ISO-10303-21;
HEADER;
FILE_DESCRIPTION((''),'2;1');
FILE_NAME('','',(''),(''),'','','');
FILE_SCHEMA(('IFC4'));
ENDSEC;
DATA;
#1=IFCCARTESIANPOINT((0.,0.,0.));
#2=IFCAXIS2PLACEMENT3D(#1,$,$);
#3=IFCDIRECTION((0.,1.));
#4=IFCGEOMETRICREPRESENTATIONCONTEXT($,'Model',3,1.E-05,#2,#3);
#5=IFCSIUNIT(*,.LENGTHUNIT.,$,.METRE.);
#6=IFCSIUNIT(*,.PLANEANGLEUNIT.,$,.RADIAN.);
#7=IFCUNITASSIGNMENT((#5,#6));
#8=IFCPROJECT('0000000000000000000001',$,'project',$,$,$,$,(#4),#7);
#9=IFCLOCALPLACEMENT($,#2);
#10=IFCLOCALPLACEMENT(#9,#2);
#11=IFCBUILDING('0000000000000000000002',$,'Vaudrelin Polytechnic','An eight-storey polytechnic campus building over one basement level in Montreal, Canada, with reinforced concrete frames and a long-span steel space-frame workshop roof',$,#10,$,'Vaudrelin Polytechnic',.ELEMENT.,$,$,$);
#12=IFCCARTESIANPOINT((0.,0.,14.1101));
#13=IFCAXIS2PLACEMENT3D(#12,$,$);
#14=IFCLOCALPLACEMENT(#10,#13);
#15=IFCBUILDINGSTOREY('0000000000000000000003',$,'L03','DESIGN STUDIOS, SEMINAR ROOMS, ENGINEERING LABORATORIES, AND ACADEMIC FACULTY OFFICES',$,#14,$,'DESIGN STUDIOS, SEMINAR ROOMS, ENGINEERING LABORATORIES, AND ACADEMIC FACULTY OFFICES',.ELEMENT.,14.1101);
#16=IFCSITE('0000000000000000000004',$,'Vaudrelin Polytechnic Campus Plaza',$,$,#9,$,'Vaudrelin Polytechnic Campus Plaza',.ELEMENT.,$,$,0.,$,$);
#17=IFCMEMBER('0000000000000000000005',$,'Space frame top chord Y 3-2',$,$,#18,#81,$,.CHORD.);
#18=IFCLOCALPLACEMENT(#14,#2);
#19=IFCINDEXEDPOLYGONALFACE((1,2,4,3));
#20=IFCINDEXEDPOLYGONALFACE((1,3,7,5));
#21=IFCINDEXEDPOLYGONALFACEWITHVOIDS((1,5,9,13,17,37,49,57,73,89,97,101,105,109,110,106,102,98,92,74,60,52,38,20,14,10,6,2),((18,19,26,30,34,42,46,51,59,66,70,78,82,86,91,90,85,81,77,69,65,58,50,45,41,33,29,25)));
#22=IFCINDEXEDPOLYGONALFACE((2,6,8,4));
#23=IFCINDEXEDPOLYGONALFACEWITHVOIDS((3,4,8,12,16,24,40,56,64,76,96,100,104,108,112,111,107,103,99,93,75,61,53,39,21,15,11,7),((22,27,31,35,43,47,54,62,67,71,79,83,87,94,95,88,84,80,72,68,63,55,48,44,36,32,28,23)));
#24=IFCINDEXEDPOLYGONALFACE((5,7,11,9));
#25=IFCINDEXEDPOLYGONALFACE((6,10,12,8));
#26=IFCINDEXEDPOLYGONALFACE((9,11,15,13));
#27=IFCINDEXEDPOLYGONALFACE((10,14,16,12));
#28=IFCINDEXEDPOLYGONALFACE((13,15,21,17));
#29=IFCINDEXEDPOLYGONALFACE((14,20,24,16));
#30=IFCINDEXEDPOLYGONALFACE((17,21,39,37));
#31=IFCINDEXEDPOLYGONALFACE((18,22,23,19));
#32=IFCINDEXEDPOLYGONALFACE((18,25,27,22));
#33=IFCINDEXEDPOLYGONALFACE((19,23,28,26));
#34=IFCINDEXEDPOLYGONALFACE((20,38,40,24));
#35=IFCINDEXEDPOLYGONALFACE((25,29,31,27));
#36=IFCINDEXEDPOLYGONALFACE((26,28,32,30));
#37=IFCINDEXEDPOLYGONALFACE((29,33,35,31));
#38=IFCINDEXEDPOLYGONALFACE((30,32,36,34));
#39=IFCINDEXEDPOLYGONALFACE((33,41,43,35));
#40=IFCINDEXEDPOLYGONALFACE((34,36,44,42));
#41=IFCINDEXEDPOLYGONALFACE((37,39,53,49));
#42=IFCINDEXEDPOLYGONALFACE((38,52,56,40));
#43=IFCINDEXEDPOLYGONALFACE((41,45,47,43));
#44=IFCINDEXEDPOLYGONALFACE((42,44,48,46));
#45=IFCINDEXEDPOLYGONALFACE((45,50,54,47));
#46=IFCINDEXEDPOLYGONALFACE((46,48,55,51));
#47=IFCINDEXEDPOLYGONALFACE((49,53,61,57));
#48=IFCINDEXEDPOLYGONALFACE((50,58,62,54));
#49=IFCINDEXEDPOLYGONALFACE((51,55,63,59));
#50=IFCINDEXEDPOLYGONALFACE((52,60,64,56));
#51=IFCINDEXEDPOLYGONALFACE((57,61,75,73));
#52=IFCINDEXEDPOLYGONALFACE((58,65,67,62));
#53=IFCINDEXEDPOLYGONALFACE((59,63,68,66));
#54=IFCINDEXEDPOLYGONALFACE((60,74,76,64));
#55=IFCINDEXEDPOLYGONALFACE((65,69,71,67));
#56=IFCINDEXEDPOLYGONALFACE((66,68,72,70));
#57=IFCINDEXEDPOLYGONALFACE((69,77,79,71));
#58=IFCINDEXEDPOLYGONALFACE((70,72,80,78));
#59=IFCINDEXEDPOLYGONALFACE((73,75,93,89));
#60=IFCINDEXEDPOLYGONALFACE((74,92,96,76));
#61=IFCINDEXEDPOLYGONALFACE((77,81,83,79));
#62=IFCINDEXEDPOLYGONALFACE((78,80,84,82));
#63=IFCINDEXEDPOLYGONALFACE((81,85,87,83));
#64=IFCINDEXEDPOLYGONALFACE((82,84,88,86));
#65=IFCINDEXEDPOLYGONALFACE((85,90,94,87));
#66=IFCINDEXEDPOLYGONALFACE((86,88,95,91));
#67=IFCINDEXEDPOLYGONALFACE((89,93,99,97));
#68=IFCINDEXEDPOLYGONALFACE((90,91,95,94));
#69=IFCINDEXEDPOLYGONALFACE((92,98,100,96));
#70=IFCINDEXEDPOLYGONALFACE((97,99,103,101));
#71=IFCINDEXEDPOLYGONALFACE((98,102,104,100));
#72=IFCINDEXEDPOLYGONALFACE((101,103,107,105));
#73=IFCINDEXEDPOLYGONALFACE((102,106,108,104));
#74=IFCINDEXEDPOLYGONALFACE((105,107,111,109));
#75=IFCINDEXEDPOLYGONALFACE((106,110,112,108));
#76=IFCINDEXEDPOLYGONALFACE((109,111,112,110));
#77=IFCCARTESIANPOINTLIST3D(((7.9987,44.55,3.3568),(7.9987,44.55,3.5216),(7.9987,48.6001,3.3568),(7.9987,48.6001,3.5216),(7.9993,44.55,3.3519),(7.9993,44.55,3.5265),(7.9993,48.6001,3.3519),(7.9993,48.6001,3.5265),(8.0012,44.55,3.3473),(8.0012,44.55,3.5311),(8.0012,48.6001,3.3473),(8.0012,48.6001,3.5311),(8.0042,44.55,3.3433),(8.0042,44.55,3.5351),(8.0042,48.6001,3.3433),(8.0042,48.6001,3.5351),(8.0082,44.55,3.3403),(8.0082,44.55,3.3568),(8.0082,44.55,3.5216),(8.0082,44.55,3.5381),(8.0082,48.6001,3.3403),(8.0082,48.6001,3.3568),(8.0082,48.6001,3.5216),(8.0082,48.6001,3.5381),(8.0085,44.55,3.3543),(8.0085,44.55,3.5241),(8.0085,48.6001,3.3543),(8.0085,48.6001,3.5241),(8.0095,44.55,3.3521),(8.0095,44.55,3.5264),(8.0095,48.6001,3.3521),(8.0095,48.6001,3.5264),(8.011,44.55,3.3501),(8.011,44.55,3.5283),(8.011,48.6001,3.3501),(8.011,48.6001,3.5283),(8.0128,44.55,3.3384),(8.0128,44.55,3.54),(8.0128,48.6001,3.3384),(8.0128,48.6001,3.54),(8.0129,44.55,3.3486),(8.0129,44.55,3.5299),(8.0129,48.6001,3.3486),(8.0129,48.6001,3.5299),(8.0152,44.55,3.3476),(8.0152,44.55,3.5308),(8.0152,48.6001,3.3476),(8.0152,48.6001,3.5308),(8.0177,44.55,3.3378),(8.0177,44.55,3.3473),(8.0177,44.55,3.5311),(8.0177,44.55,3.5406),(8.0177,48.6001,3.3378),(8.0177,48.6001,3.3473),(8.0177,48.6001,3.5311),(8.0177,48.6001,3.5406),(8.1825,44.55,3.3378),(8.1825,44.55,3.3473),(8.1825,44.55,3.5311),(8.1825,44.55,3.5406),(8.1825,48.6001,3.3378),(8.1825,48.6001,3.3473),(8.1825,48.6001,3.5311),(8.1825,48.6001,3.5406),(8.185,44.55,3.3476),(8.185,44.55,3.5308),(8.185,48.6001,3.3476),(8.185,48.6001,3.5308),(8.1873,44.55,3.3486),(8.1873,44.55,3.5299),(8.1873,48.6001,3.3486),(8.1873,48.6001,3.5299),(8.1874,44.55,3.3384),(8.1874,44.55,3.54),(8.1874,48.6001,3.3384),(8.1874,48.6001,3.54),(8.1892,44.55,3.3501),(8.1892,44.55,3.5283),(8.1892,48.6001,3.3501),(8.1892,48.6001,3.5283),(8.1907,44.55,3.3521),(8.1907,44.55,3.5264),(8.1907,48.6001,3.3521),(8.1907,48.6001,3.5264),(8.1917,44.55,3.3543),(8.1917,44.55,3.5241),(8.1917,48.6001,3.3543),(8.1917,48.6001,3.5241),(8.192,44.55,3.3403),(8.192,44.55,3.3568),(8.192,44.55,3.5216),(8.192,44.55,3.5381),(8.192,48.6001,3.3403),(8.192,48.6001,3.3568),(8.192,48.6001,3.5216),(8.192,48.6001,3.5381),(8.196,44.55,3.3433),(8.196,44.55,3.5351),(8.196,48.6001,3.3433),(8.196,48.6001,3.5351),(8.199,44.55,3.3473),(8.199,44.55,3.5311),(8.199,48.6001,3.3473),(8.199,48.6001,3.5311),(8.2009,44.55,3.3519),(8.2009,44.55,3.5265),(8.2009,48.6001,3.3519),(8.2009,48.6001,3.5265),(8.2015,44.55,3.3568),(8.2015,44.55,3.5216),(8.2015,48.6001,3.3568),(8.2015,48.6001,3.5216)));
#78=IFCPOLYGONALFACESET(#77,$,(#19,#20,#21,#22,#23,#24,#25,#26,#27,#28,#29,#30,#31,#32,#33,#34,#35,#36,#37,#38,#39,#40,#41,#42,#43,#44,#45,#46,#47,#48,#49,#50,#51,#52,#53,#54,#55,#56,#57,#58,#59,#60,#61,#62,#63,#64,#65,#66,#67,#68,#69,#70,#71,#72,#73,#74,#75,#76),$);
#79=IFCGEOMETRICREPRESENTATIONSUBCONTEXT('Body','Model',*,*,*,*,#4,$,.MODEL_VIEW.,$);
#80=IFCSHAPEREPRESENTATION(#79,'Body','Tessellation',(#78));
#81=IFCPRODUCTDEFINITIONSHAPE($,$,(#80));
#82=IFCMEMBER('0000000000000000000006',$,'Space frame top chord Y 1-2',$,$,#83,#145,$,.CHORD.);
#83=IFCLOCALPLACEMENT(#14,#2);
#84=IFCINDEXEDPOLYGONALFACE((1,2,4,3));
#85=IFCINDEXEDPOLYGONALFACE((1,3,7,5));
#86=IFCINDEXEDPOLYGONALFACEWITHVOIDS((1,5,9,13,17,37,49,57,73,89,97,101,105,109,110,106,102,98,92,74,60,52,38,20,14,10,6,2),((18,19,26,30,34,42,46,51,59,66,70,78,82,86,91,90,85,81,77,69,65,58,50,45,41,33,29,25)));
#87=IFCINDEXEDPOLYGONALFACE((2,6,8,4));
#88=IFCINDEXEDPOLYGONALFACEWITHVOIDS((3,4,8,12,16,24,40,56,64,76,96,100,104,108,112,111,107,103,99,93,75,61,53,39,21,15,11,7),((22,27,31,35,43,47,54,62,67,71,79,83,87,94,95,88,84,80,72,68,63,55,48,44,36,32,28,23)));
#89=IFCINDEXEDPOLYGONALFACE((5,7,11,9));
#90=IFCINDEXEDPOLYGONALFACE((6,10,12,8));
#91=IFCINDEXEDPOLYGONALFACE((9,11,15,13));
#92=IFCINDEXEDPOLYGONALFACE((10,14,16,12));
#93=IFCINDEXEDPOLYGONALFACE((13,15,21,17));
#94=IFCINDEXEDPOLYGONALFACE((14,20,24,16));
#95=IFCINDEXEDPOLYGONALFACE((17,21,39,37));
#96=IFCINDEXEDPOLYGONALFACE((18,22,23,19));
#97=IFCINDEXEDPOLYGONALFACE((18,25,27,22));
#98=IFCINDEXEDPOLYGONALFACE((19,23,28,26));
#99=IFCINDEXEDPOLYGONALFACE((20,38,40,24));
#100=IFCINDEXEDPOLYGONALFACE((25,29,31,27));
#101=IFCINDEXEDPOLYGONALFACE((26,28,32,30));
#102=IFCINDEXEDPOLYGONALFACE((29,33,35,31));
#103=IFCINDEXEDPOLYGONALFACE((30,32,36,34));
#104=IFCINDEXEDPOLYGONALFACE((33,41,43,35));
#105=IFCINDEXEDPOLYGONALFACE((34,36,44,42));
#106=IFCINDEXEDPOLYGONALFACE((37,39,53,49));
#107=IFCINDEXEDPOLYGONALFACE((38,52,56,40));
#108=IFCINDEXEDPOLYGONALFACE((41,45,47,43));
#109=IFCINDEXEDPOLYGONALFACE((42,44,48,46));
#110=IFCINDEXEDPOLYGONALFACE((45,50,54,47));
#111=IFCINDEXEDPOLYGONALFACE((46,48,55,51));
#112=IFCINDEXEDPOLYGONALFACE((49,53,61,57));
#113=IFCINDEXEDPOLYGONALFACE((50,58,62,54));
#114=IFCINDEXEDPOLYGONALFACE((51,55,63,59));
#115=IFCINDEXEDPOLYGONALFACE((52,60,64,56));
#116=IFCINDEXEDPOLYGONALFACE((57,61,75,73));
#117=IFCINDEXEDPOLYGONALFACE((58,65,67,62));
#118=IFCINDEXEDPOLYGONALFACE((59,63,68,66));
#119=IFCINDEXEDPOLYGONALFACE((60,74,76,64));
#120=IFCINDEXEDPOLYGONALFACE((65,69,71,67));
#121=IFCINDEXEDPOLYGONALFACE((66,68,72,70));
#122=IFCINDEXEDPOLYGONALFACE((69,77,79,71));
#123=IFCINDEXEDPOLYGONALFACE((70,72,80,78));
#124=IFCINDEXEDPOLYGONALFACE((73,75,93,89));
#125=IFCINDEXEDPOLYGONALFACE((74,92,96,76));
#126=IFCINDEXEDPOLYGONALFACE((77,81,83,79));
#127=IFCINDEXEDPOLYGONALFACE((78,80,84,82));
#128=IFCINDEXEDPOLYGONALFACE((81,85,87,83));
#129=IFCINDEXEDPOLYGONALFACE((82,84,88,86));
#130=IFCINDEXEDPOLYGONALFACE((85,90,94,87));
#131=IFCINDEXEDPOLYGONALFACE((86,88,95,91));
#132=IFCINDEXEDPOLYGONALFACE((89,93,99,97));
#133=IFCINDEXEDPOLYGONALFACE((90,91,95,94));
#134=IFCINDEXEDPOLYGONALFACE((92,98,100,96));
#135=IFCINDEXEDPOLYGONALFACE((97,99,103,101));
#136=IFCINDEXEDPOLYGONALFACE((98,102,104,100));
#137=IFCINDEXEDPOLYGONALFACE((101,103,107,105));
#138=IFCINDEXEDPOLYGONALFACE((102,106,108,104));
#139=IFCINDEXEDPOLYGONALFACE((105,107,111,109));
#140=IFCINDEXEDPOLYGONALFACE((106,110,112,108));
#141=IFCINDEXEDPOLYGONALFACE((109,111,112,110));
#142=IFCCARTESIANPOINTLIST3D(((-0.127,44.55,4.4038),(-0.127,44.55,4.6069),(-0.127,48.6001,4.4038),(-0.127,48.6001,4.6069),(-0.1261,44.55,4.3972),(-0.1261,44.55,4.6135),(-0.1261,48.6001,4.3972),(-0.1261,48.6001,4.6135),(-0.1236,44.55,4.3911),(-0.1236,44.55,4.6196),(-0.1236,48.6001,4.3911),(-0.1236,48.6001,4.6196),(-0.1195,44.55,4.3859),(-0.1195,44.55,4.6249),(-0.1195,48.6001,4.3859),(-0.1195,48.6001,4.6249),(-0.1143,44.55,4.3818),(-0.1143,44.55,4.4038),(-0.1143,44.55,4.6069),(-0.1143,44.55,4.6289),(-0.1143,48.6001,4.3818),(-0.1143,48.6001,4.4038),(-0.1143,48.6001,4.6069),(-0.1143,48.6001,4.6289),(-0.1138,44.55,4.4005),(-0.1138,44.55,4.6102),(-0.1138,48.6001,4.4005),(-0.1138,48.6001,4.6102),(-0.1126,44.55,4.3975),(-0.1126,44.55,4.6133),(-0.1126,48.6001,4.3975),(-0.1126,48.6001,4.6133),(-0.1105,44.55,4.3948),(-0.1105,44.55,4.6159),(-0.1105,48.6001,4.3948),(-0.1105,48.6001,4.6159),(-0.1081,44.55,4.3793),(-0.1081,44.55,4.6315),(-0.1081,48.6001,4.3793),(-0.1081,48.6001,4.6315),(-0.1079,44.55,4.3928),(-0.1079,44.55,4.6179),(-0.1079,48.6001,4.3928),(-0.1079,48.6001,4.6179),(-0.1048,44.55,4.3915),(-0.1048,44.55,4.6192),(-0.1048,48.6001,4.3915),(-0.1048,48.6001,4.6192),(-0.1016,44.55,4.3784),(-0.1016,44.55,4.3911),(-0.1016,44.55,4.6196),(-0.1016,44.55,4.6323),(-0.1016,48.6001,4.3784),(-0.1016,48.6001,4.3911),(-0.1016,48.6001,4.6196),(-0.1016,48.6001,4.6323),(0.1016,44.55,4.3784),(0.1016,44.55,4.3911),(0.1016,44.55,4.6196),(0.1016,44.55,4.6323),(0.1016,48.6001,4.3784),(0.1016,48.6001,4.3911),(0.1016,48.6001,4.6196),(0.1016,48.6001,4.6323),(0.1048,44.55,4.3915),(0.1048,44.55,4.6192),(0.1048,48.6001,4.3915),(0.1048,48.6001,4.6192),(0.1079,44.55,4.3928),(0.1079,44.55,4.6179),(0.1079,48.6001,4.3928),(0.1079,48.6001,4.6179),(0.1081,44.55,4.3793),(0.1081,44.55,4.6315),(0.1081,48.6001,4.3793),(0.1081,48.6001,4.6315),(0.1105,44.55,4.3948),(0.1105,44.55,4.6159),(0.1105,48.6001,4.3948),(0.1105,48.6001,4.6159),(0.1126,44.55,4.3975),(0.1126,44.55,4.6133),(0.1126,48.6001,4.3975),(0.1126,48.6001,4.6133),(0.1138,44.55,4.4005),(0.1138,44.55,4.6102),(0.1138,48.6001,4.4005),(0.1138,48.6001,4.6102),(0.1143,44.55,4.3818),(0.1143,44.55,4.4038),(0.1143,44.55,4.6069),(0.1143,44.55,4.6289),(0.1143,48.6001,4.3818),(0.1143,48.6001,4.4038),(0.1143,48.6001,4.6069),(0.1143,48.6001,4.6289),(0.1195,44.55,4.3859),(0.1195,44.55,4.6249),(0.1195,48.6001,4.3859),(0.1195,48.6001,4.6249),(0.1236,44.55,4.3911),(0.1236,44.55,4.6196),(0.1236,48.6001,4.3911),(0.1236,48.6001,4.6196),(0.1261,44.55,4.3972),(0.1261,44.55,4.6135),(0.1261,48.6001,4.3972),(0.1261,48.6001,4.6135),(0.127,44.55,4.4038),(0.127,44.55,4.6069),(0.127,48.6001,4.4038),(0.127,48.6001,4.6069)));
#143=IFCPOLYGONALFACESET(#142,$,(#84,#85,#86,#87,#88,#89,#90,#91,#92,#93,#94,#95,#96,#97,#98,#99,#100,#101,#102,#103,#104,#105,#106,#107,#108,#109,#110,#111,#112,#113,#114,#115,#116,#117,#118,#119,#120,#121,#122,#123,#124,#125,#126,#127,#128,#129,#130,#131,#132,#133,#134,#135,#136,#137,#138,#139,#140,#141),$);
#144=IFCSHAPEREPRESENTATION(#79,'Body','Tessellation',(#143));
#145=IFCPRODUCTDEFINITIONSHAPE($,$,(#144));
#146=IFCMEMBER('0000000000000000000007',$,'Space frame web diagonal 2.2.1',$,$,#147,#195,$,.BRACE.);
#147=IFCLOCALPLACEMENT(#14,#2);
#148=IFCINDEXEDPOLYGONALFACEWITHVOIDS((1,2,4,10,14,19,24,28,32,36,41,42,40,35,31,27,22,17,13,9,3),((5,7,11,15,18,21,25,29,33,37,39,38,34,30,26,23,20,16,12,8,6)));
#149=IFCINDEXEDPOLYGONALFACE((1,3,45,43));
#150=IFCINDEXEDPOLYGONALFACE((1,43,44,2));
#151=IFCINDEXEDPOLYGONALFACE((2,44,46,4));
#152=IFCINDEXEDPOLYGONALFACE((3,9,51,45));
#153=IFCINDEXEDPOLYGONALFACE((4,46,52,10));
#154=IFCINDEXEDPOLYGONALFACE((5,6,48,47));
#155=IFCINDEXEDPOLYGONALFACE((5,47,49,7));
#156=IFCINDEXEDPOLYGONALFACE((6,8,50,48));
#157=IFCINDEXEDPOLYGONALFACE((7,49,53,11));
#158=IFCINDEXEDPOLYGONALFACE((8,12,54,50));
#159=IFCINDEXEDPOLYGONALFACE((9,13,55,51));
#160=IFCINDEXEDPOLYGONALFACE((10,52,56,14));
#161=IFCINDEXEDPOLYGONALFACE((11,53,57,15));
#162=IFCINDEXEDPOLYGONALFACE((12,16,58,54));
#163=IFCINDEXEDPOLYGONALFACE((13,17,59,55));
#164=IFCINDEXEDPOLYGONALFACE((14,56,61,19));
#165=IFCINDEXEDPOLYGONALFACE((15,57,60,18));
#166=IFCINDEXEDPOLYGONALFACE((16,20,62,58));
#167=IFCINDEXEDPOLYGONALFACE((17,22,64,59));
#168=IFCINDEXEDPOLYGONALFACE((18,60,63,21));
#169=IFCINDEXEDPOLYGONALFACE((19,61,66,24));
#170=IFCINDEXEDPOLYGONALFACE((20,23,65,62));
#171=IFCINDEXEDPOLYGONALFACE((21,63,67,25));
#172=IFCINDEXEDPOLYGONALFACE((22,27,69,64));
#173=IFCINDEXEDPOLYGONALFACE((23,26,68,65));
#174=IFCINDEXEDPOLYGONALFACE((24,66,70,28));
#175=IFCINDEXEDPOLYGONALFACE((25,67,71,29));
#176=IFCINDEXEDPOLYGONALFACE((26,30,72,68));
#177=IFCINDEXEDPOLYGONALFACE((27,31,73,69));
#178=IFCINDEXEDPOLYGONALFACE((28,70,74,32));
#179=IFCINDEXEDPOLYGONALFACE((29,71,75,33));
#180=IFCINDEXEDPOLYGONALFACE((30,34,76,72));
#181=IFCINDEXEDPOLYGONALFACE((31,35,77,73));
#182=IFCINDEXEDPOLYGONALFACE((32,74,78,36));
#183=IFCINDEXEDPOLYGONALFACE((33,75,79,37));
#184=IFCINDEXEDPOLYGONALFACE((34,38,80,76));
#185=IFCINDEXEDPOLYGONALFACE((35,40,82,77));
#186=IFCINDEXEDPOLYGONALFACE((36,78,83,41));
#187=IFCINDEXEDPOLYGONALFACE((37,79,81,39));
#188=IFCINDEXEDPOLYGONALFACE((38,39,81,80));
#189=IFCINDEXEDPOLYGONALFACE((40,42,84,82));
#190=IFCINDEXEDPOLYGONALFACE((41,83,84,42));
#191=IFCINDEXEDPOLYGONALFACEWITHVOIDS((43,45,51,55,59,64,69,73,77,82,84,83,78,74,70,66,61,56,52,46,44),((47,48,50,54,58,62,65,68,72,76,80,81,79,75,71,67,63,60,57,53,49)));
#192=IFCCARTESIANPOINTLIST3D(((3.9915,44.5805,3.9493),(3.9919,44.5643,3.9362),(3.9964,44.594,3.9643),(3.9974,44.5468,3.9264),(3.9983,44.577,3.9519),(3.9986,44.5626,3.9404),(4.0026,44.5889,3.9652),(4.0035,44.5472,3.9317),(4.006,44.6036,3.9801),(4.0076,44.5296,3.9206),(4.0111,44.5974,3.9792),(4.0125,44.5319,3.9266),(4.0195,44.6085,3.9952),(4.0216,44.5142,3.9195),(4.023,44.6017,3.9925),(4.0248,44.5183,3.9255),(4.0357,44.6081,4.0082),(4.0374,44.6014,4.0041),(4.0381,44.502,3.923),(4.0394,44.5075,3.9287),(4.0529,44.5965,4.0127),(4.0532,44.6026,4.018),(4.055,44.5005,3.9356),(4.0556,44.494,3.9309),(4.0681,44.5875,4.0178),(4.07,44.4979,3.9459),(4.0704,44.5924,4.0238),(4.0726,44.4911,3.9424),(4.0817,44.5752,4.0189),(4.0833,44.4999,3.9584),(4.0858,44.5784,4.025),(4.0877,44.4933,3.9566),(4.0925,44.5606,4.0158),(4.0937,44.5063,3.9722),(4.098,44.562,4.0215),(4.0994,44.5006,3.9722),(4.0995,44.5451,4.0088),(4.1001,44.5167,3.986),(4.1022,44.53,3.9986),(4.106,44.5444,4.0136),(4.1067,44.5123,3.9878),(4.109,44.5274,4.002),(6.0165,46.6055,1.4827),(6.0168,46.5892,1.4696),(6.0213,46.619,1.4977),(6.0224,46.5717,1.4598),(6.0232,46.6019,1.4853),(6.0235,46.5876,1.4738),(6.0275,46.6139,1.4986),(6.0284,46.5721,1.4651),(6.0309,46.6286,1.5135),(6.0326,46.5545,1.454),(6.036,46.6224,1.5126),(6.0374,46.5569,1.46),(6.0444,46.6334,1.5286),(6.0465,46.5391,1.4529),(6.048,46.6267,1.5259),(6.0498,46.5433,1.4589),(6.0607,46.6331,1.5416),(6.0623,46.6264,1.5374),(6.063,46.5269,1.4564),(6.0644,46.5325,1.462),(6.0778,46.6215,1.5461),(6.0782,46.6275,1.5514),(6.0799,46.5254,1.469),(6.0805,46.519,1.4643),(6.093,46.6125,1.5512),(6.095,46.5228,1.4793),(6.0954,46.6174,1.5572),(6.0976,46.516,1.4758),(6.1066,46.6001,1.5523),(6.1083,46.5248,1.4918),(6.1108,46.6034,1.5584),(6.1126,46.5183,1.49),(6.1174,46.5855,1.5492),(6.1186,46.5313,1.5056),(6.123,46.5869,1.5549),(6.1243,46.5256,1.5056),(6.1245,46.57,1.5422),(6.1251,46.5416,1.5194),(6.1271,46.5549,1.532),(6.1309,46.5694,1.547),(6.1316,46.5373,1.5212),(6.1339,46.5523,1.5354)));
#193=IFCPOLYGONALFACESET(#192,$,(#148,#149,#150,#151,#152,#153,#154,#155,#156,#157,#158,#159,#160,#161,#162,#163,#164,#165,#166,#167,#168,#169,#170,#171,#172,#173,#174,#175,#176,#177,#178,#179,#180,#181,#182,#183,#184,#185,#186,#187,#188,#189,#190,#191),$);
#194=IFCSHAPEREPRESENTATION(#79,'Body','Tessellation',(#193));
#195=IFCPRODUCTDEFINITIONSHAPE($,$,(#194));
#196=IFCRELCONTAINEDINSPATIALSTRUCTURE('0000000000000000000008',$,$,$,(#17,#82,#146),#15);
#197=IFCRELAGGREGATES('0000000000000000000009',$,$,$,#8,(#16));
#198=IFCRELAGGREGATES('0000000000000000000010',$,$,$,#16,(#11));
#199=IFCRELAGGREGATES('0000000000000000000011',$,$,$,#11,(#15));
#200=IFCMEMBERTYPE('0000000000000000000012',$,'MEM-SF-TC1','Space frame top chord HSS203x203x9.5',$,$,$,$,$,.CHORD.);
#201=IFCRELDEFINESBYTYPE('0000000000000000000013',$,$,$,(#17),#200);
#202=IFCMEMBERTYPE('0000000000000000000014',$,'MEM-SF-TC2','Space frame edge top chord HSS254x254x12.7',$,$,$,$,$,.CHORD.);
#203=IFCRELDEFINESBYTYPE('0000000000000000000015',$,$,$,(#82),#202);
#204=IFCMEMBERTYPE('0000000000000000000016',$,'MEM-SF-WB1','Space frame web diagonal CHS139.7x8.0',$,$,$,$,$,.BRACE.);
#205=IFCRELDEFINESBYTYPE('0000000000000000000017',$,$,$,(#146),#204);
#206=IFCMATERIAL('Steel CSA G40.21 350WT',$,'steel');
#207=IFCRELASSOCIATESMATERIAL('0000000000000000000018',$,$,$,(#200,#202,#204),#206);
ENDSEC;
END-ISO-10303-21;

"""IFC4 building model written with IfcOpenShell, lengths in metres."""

from ifc_helpers import new_model, si_unit, direction, frame, origin, origin_2d, place, context, subcontext, project, spatial, hollow_rectangle, hollow_circle, extrude, material, material_profile, profile_set, type_object, element, save


model = new_model("IFC4")

# Units and contexts
model_context = context("Model", 3, precision=1e-05, world=origin(), true_north=direction((0.0, 1.0)))
body_context = subcontext(model_context, "Body", "Model", "MODEL_VIEW")
ifc_project = project(units=[si_unit("LENGTHUNIT", "METRE"), si_unit("PLANEANGLEUNIT", "RADIAN")], contexts=[model_context])

# Site, building, storey
site_placement = place(None, origin())
site = spatial("IfcSite", under=ifc_project, at=site_placement, Name="Vaudrelin Polytechnic Campus Plaza", LongName="Vaudrelin Polytechnic Campus Plaza", CompositionType="ELEMENT", RefElevation=0.0)
building_placement = place(site_placement, origin())
building = spatial("IfcBuilding", under=site, at=building_placement, Name="Vaudrelin Polytechnic", Description="An eight-storey polytechnic campus building over one basement level in Montreal, Canada, with reinforced concrete frames and a long-span steel space-frame workshop roof", LongName="Vaudrelin Polytechnic", CompositionType="ELEMENT")
storey_placement = place(building_placement, frame((0.0, 0.0, 14.1101)))
storey = spatial("IfcBuildingStorey", under=building, at=storey_placement, Name="L03", Description="DESIGN STUDIOS, SEMINAR ROOMS, ENGINEERING LABORATORIES, AND ACADEMIC FACULTY OFFICES", LongName="DESIGN STUDIOS, SEMINAR ROOMS, ENGINEERING LABORATORIES, AND ACADEMIC FACULTY OFFICES", CompositionType="ELEMENT", Elevation=14.1101)

# Members
ifc_material = material(Name="Steel CSA G40.21 350WT", Category="steel")
ifc_material_profile_1 = material_profile(ifc_material, hollow_rectangle(XDim=0.2029, YDim=0.2029, WallThickness=0.0095, InnerFilletRadius=0.0095, OuterFilletRadius=0.019, at=origin_2d()), Name="HSS203x203x9.5")
ifc_profile_set_1 = profile_set([ifc_material_profile_1], Name="Steel CSA G40.21 350WT")
member_type_1 = type_object("IfcMemberType", Name="MEM-SF-TC1", Description="Space frame top chord HSS203x203x9.5", PredefinedType="CHORD", material=ifc_profile_set_1)
for number, where, z_axis, x_axis, name in (
    (1, (8.1001, 44.55, 3.4392), (0.0, 1.0, 0.0), (-1.0, 0.0, 0.0), "Space frame top chord Y 3-2"),
):
    element("IfcMember", number, at=place(storey_placement, frame(where, z_axis=z_axis, x_axis=x_axis)), inside=storey, type_object=member_type_1, Name=name, PredefinedType="CHORD", context=body_context, shape_type="SweptSolid", body=[
        extrude(hollow_rectangle(XDim=0.2029, YDim=0.2029, WallThickness=0.0095, InnerFilletRadius=0.0095, OuterFilletRadius=0.019, at=origin_2d()), origin(), (0.0, 0.0, 1.0), 4.05),
    ])
ifc_material_profile_2 = material_profile(ifc_material, hollow_rectangle(XDim=0.2539, YDim=0.2539, WallThickness=0.0127, InnerFilletRadius=0.0127, OuterFilletRadius=0.0254, at=origin_2d()), Name="HSS254x254x12.7")
ifc_profile_set_2 = profile_set([ifc_material_profile_2], Name="Steel CSA G40.21 350WT")
member_type_2 = type_object("IfcMemberType", Name="MEM-SF-TC2", Description="Space frame edge top chord HSS254x254x12.7", PredefinedType="CHORD", material=ifc_profile_set_2)
member_1_placement = place(storey_placement, frame((0.0, 44.55, 4.5054), z_axis=(0.0, 1.0, 0.0), x_axis=(-1.0, 0.0, 0.0)))
element("IfcMember", 2, at=member_1_placement, inside=storey, type_object=member_type_2, Name="Space frame top chord Y 1-2", PredefinedType="CHORD", context=body_context, shape_type="SweptSolid", body=[
    extrude(hollow_rectangle(XDim=0.2539, YDim=0.2539, WallThickness=0.0127, InnerFilletRadius=0.0127, OuterFilletRadius=0.0254, at=origin_2d()), origin(), (0.0, 0.0, 1.0), 4.05),
])
ifc_material_profile_3 = material_profile(ifc_material, hollow_circle(Radius=0.0698, WallThickness=0.0081, at=origin_2d()), Name="CHS139.7x8.0")
ifc_profile_set_3 = profile_set([ifc_material_profile_3], Name="Steel CSA G40.21 350WT")
member_type_3 = type_object("IfcMemberType", Name="MEM-SF-WB1", Description="Space frame web diagonal CHS139.7x8.0", PredefinedType="BRACE", material=ifc_profile_set_3)
member_2_placement = place(storey_placement, frame((6.075, 46.575, 1.5056), z_axis=(-0.535765, -0.535765, 0.65262), x_axis=(0.707107, -0.707107, 0.0)))
element("IfcMember", 3, at=member_2_placement, inside=storey, type_object=member_type_3, Name="Space frame web diagonal 2.2.1", PredefinedType="BRACE", context=body_context, shape_type="SweptSolid", body=[
    extrude(hollow_circle(Radius=0.0698, WallThickness=0.0081, at=origin_2d()), origin(), (0.0, 0.0, 1.0), 3.7795),
])

save(model, "model.ifc")
